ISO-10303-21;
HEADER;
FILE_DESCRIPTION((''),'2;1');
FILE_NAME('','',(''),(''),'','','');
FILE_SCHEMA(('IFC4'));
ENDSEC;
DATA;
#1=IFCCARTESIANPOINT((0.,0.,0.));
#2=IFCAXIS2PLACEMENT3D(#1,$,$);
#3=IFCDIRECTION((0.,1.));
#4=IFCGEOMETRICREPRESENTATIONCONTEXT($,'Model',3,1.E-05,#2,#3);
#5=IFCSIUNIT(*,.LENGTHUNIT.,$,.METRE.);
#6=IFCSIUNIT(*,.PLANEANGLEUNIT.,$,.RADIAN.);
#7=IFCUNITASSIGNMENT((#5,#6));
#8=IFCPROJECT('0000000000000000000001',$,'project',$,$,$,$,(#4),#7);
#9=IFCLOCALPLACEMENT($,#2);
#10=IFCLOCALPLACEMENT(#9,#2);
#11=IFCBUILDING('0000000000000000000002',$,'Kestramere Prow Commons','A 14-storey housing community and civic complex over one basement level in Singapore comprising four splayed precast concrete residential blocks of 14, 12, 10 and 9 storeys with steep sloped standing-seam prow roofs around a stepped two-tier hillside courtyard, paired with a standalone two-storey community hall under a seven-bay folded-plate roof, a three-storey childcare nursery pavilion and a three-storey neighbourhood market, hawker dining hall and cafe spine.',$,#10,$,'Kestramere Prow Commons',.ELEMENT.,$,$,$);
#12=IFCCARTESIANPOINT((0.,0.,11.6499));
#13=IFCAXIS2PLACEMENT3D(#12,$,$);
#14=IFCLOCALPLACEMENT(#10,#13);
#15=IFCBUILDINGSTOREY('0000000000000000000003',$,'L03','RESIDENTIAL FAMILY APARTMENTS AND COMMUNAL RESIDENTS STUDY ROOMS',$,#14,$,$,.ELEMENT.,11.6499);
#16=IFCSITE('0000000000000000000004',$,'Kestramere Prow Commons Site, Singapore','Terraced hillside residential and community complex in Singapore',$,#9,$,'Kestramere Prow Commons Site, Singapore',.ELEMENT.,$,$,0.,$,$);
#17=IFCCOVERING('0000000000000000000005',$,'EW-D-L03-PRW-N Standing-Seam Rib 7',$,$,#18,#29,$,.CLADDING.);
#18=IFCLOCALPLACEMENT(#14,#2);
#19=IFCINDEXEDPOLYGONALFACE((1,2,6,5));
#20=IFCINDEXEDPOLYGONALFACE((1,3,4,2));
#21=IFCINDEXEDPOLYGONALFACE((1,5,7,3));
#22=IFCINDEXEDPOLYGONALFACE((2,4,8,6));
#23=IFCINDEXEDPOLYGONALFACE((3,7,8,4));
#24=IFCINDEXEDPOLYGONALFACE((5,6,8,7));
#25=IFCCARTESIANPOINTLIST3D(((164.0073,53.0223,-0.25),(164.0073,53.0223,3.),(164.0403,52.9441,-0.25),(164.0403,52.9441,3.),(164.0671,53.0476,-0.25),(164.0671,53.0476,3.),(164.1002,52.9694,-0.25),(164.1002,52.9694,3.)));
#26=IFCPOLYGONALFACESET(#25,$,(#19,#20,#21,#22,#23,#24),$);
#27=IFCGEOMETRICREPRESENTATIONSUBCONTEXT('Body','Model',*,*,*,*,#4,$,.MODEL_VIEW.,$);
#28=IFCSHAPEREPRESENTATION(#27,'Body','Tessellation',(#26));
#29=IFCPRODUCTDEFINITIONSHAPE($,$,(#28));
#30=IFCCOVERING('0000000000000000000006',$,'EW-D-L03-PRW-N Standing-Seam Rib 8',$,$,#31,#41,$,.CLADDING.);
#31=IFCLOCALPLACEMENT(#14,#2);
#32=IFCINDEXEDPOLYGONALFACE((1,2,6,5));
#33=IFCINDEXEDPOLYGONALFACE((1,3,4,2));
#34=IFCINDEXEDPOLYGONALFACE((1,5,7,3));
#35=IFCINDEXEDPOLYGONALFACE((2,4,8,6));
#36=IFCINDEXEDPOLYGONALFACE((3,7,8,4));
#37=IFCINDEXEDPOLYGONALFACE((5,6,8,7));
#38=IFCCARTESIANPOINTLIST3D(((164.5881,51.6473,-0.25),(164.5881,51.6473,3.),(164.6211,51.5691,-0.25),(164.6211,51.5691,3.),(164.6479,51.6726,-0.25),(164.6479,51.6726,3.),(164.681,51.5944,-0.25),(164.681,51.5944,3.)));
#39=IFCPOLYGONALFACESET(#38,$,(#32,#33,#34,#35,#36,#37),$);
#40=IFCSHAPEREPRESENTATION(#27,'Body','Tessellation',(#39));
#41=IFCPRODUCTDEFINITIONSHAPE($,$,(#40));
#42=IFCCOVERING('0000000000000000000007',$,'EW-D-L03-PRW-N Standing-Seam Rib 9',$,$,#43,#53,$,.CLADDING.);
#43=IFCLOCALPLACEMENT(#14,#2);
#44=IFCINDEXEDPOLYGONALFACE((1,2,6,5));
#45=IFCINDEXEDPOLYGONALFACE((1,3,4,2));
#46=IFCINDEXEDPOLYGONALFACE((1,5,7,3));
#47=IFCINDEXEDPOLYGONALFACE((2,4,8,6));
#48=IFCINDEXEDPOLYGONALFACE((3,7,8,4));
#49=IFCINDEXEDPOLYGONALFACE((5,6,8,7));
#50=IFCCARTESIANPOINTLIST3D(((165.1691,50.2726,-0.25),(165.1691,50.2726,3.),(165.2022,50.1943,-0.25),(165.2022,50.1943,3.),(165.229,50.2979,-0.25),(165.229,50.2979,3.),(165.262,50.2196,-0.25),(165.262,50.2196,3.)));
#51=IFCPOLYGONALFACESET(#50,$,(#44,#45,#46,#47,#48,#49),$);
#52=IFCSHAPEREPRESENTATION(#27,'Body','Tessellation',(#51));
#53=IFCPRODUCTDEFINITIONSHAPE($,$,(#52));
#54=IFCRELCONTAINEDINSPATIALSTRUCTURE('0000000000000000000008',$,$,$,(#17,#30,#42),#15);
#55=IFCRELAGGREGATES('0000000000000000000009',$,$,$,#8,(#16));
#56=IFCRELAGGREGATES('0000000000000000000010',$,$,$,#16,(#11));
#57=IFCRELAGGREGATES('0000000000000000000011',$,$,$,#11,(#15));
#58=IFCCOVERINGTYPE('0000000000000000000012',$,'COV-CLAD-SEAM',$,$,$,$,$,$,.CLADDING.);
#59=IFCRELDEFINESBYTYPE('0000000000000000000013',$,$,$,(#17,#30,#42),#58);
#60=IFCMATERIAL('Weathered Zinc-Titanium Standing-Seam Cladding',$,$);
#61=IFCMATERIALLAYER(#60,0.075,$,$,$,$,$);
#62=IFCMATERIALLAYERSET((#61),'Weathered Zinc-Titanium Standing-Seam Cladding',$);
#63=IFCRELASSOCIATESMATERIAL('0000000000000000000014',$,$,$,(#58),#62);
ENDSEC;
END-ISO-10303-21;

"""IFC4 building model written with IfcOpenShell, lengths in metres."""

from ifc_helpers import new_model, si_unit, direction, frame, origin, origin_2d, place, context, subcontext, project, spatial, rectangle, extrude, material, layer, layer_set, type_object, element, save


model = new_model("IFC4")

# Units and contexts
model_context = context("Model", 3, precision=1e-05, world=origin(), true_north=direction((0.0, 1.0)))
body_context = subcontext(model_context, "Body", "Model", "MODEL_VIEW")
ifc_project = project(units=[si_unit("LENGTHUNIT", "METRE"), si_unit("PLANEANGLEUNIT", "RADIAN")], contexts=[model_context])

# Site, building, storey
site_placement = place(None, origin())
site = spatial("IfcSite", under=ifc_project, at=site_placement, Name="Kestramere Prow Commons Site, Singapore", Description="Terraced hillside residential and community complex in Singapore", LongName="Kestramere Prow Commons Site, Singapore", CompositionType="ELEMENT", RefElevation=0.0)
building_placement = place(site_placement, origin())
building = spatial("IfcBuilding", under=site, at=building_placement, Name="Kestramere Prow Commons", Description="A 14-storey housing community and civic complex over one basement level in Singapore comprising four splayed precast concrete residential blocks of 14, 12, 10 and 9 storeys with steep sloped standing-seam prow roofs around a stepped two-tier hillside courtyard, paired with a standalone two-storey community hall under a seven-bay folded-plate roof, a three-storey childcare nursery pavilion and a three-storey neighbourhood market, hawker dining hall and cafe spine.", LongName="Kestramere Prow Commons", CompositionType="ELEMENT")
storey_placement = place(building_placement, frame((0.0, 0.0, 11.6499)))
storey = spatial("IfcBuildingStorey", under=building, at=storey_placement, Name="L03", Description="RESIDENTIAL FAMILY APARTMENTS AND COMMUNAL RESIDENTS STUDY ROOMS", CompositionType="ELEMENT", Elevation=11.6499)

# Coverings
ifc_material_1 = material(Name="Weathered Zinc-Titanium Standing-Seam Cladding")
ifc_layer_1 = layer(ifc_material_1, 0.075)
ifc_layer_set_1 = layer_set([ifc_layer_1], Name="Weathered Zinc-Titanium Standing-Seam Cladding")
covering_type = type_object("IfcCoveringType", Name="COV-CLAD-SEAM", PredefinedType="CLADDING", material=ifc_layer_set_1)
for number, where, z_axis, x_axis, name in (
    (1, (164.0537, 52.9958, -0.25), (0.0, 0.0, 1.0), (0.38922, -0.921145, 0.0), "EW-D-L03-PRW-N Standing-Seam Rib 7"),
    (2, (164.6345, 51.6208, -0.25), (0.0, 0.0, 1.0), (0.38922, -0.921145, 0.0), "EW-D-L03-PRW-N Standing-Seam Rib 8"),
    (3, (165.2156, 50.2461, -0.25), (0.0, 0.0, 1.0), (0.38922, -0.921145, 0.0), "EW-D-L03-PRW-N Standing-Seam Rib 9"),
):
    element("IfcCovering", number, at=place(storey_placement, frame(where, z_axis=z_axis, x_axis=x_axis)), inside=storey, type_object=covering_type, Name=name, PredefinedType="CLADDING", context=body_context, shape_type="SweptSolid", body=[
        extrude(rectangle(XDim=0.085, YDim=0.0649, at=origin_2d()), origin(), (0.0, 0.0, 1.0), 3.25),
    ])

save(model, "model.ifc")
